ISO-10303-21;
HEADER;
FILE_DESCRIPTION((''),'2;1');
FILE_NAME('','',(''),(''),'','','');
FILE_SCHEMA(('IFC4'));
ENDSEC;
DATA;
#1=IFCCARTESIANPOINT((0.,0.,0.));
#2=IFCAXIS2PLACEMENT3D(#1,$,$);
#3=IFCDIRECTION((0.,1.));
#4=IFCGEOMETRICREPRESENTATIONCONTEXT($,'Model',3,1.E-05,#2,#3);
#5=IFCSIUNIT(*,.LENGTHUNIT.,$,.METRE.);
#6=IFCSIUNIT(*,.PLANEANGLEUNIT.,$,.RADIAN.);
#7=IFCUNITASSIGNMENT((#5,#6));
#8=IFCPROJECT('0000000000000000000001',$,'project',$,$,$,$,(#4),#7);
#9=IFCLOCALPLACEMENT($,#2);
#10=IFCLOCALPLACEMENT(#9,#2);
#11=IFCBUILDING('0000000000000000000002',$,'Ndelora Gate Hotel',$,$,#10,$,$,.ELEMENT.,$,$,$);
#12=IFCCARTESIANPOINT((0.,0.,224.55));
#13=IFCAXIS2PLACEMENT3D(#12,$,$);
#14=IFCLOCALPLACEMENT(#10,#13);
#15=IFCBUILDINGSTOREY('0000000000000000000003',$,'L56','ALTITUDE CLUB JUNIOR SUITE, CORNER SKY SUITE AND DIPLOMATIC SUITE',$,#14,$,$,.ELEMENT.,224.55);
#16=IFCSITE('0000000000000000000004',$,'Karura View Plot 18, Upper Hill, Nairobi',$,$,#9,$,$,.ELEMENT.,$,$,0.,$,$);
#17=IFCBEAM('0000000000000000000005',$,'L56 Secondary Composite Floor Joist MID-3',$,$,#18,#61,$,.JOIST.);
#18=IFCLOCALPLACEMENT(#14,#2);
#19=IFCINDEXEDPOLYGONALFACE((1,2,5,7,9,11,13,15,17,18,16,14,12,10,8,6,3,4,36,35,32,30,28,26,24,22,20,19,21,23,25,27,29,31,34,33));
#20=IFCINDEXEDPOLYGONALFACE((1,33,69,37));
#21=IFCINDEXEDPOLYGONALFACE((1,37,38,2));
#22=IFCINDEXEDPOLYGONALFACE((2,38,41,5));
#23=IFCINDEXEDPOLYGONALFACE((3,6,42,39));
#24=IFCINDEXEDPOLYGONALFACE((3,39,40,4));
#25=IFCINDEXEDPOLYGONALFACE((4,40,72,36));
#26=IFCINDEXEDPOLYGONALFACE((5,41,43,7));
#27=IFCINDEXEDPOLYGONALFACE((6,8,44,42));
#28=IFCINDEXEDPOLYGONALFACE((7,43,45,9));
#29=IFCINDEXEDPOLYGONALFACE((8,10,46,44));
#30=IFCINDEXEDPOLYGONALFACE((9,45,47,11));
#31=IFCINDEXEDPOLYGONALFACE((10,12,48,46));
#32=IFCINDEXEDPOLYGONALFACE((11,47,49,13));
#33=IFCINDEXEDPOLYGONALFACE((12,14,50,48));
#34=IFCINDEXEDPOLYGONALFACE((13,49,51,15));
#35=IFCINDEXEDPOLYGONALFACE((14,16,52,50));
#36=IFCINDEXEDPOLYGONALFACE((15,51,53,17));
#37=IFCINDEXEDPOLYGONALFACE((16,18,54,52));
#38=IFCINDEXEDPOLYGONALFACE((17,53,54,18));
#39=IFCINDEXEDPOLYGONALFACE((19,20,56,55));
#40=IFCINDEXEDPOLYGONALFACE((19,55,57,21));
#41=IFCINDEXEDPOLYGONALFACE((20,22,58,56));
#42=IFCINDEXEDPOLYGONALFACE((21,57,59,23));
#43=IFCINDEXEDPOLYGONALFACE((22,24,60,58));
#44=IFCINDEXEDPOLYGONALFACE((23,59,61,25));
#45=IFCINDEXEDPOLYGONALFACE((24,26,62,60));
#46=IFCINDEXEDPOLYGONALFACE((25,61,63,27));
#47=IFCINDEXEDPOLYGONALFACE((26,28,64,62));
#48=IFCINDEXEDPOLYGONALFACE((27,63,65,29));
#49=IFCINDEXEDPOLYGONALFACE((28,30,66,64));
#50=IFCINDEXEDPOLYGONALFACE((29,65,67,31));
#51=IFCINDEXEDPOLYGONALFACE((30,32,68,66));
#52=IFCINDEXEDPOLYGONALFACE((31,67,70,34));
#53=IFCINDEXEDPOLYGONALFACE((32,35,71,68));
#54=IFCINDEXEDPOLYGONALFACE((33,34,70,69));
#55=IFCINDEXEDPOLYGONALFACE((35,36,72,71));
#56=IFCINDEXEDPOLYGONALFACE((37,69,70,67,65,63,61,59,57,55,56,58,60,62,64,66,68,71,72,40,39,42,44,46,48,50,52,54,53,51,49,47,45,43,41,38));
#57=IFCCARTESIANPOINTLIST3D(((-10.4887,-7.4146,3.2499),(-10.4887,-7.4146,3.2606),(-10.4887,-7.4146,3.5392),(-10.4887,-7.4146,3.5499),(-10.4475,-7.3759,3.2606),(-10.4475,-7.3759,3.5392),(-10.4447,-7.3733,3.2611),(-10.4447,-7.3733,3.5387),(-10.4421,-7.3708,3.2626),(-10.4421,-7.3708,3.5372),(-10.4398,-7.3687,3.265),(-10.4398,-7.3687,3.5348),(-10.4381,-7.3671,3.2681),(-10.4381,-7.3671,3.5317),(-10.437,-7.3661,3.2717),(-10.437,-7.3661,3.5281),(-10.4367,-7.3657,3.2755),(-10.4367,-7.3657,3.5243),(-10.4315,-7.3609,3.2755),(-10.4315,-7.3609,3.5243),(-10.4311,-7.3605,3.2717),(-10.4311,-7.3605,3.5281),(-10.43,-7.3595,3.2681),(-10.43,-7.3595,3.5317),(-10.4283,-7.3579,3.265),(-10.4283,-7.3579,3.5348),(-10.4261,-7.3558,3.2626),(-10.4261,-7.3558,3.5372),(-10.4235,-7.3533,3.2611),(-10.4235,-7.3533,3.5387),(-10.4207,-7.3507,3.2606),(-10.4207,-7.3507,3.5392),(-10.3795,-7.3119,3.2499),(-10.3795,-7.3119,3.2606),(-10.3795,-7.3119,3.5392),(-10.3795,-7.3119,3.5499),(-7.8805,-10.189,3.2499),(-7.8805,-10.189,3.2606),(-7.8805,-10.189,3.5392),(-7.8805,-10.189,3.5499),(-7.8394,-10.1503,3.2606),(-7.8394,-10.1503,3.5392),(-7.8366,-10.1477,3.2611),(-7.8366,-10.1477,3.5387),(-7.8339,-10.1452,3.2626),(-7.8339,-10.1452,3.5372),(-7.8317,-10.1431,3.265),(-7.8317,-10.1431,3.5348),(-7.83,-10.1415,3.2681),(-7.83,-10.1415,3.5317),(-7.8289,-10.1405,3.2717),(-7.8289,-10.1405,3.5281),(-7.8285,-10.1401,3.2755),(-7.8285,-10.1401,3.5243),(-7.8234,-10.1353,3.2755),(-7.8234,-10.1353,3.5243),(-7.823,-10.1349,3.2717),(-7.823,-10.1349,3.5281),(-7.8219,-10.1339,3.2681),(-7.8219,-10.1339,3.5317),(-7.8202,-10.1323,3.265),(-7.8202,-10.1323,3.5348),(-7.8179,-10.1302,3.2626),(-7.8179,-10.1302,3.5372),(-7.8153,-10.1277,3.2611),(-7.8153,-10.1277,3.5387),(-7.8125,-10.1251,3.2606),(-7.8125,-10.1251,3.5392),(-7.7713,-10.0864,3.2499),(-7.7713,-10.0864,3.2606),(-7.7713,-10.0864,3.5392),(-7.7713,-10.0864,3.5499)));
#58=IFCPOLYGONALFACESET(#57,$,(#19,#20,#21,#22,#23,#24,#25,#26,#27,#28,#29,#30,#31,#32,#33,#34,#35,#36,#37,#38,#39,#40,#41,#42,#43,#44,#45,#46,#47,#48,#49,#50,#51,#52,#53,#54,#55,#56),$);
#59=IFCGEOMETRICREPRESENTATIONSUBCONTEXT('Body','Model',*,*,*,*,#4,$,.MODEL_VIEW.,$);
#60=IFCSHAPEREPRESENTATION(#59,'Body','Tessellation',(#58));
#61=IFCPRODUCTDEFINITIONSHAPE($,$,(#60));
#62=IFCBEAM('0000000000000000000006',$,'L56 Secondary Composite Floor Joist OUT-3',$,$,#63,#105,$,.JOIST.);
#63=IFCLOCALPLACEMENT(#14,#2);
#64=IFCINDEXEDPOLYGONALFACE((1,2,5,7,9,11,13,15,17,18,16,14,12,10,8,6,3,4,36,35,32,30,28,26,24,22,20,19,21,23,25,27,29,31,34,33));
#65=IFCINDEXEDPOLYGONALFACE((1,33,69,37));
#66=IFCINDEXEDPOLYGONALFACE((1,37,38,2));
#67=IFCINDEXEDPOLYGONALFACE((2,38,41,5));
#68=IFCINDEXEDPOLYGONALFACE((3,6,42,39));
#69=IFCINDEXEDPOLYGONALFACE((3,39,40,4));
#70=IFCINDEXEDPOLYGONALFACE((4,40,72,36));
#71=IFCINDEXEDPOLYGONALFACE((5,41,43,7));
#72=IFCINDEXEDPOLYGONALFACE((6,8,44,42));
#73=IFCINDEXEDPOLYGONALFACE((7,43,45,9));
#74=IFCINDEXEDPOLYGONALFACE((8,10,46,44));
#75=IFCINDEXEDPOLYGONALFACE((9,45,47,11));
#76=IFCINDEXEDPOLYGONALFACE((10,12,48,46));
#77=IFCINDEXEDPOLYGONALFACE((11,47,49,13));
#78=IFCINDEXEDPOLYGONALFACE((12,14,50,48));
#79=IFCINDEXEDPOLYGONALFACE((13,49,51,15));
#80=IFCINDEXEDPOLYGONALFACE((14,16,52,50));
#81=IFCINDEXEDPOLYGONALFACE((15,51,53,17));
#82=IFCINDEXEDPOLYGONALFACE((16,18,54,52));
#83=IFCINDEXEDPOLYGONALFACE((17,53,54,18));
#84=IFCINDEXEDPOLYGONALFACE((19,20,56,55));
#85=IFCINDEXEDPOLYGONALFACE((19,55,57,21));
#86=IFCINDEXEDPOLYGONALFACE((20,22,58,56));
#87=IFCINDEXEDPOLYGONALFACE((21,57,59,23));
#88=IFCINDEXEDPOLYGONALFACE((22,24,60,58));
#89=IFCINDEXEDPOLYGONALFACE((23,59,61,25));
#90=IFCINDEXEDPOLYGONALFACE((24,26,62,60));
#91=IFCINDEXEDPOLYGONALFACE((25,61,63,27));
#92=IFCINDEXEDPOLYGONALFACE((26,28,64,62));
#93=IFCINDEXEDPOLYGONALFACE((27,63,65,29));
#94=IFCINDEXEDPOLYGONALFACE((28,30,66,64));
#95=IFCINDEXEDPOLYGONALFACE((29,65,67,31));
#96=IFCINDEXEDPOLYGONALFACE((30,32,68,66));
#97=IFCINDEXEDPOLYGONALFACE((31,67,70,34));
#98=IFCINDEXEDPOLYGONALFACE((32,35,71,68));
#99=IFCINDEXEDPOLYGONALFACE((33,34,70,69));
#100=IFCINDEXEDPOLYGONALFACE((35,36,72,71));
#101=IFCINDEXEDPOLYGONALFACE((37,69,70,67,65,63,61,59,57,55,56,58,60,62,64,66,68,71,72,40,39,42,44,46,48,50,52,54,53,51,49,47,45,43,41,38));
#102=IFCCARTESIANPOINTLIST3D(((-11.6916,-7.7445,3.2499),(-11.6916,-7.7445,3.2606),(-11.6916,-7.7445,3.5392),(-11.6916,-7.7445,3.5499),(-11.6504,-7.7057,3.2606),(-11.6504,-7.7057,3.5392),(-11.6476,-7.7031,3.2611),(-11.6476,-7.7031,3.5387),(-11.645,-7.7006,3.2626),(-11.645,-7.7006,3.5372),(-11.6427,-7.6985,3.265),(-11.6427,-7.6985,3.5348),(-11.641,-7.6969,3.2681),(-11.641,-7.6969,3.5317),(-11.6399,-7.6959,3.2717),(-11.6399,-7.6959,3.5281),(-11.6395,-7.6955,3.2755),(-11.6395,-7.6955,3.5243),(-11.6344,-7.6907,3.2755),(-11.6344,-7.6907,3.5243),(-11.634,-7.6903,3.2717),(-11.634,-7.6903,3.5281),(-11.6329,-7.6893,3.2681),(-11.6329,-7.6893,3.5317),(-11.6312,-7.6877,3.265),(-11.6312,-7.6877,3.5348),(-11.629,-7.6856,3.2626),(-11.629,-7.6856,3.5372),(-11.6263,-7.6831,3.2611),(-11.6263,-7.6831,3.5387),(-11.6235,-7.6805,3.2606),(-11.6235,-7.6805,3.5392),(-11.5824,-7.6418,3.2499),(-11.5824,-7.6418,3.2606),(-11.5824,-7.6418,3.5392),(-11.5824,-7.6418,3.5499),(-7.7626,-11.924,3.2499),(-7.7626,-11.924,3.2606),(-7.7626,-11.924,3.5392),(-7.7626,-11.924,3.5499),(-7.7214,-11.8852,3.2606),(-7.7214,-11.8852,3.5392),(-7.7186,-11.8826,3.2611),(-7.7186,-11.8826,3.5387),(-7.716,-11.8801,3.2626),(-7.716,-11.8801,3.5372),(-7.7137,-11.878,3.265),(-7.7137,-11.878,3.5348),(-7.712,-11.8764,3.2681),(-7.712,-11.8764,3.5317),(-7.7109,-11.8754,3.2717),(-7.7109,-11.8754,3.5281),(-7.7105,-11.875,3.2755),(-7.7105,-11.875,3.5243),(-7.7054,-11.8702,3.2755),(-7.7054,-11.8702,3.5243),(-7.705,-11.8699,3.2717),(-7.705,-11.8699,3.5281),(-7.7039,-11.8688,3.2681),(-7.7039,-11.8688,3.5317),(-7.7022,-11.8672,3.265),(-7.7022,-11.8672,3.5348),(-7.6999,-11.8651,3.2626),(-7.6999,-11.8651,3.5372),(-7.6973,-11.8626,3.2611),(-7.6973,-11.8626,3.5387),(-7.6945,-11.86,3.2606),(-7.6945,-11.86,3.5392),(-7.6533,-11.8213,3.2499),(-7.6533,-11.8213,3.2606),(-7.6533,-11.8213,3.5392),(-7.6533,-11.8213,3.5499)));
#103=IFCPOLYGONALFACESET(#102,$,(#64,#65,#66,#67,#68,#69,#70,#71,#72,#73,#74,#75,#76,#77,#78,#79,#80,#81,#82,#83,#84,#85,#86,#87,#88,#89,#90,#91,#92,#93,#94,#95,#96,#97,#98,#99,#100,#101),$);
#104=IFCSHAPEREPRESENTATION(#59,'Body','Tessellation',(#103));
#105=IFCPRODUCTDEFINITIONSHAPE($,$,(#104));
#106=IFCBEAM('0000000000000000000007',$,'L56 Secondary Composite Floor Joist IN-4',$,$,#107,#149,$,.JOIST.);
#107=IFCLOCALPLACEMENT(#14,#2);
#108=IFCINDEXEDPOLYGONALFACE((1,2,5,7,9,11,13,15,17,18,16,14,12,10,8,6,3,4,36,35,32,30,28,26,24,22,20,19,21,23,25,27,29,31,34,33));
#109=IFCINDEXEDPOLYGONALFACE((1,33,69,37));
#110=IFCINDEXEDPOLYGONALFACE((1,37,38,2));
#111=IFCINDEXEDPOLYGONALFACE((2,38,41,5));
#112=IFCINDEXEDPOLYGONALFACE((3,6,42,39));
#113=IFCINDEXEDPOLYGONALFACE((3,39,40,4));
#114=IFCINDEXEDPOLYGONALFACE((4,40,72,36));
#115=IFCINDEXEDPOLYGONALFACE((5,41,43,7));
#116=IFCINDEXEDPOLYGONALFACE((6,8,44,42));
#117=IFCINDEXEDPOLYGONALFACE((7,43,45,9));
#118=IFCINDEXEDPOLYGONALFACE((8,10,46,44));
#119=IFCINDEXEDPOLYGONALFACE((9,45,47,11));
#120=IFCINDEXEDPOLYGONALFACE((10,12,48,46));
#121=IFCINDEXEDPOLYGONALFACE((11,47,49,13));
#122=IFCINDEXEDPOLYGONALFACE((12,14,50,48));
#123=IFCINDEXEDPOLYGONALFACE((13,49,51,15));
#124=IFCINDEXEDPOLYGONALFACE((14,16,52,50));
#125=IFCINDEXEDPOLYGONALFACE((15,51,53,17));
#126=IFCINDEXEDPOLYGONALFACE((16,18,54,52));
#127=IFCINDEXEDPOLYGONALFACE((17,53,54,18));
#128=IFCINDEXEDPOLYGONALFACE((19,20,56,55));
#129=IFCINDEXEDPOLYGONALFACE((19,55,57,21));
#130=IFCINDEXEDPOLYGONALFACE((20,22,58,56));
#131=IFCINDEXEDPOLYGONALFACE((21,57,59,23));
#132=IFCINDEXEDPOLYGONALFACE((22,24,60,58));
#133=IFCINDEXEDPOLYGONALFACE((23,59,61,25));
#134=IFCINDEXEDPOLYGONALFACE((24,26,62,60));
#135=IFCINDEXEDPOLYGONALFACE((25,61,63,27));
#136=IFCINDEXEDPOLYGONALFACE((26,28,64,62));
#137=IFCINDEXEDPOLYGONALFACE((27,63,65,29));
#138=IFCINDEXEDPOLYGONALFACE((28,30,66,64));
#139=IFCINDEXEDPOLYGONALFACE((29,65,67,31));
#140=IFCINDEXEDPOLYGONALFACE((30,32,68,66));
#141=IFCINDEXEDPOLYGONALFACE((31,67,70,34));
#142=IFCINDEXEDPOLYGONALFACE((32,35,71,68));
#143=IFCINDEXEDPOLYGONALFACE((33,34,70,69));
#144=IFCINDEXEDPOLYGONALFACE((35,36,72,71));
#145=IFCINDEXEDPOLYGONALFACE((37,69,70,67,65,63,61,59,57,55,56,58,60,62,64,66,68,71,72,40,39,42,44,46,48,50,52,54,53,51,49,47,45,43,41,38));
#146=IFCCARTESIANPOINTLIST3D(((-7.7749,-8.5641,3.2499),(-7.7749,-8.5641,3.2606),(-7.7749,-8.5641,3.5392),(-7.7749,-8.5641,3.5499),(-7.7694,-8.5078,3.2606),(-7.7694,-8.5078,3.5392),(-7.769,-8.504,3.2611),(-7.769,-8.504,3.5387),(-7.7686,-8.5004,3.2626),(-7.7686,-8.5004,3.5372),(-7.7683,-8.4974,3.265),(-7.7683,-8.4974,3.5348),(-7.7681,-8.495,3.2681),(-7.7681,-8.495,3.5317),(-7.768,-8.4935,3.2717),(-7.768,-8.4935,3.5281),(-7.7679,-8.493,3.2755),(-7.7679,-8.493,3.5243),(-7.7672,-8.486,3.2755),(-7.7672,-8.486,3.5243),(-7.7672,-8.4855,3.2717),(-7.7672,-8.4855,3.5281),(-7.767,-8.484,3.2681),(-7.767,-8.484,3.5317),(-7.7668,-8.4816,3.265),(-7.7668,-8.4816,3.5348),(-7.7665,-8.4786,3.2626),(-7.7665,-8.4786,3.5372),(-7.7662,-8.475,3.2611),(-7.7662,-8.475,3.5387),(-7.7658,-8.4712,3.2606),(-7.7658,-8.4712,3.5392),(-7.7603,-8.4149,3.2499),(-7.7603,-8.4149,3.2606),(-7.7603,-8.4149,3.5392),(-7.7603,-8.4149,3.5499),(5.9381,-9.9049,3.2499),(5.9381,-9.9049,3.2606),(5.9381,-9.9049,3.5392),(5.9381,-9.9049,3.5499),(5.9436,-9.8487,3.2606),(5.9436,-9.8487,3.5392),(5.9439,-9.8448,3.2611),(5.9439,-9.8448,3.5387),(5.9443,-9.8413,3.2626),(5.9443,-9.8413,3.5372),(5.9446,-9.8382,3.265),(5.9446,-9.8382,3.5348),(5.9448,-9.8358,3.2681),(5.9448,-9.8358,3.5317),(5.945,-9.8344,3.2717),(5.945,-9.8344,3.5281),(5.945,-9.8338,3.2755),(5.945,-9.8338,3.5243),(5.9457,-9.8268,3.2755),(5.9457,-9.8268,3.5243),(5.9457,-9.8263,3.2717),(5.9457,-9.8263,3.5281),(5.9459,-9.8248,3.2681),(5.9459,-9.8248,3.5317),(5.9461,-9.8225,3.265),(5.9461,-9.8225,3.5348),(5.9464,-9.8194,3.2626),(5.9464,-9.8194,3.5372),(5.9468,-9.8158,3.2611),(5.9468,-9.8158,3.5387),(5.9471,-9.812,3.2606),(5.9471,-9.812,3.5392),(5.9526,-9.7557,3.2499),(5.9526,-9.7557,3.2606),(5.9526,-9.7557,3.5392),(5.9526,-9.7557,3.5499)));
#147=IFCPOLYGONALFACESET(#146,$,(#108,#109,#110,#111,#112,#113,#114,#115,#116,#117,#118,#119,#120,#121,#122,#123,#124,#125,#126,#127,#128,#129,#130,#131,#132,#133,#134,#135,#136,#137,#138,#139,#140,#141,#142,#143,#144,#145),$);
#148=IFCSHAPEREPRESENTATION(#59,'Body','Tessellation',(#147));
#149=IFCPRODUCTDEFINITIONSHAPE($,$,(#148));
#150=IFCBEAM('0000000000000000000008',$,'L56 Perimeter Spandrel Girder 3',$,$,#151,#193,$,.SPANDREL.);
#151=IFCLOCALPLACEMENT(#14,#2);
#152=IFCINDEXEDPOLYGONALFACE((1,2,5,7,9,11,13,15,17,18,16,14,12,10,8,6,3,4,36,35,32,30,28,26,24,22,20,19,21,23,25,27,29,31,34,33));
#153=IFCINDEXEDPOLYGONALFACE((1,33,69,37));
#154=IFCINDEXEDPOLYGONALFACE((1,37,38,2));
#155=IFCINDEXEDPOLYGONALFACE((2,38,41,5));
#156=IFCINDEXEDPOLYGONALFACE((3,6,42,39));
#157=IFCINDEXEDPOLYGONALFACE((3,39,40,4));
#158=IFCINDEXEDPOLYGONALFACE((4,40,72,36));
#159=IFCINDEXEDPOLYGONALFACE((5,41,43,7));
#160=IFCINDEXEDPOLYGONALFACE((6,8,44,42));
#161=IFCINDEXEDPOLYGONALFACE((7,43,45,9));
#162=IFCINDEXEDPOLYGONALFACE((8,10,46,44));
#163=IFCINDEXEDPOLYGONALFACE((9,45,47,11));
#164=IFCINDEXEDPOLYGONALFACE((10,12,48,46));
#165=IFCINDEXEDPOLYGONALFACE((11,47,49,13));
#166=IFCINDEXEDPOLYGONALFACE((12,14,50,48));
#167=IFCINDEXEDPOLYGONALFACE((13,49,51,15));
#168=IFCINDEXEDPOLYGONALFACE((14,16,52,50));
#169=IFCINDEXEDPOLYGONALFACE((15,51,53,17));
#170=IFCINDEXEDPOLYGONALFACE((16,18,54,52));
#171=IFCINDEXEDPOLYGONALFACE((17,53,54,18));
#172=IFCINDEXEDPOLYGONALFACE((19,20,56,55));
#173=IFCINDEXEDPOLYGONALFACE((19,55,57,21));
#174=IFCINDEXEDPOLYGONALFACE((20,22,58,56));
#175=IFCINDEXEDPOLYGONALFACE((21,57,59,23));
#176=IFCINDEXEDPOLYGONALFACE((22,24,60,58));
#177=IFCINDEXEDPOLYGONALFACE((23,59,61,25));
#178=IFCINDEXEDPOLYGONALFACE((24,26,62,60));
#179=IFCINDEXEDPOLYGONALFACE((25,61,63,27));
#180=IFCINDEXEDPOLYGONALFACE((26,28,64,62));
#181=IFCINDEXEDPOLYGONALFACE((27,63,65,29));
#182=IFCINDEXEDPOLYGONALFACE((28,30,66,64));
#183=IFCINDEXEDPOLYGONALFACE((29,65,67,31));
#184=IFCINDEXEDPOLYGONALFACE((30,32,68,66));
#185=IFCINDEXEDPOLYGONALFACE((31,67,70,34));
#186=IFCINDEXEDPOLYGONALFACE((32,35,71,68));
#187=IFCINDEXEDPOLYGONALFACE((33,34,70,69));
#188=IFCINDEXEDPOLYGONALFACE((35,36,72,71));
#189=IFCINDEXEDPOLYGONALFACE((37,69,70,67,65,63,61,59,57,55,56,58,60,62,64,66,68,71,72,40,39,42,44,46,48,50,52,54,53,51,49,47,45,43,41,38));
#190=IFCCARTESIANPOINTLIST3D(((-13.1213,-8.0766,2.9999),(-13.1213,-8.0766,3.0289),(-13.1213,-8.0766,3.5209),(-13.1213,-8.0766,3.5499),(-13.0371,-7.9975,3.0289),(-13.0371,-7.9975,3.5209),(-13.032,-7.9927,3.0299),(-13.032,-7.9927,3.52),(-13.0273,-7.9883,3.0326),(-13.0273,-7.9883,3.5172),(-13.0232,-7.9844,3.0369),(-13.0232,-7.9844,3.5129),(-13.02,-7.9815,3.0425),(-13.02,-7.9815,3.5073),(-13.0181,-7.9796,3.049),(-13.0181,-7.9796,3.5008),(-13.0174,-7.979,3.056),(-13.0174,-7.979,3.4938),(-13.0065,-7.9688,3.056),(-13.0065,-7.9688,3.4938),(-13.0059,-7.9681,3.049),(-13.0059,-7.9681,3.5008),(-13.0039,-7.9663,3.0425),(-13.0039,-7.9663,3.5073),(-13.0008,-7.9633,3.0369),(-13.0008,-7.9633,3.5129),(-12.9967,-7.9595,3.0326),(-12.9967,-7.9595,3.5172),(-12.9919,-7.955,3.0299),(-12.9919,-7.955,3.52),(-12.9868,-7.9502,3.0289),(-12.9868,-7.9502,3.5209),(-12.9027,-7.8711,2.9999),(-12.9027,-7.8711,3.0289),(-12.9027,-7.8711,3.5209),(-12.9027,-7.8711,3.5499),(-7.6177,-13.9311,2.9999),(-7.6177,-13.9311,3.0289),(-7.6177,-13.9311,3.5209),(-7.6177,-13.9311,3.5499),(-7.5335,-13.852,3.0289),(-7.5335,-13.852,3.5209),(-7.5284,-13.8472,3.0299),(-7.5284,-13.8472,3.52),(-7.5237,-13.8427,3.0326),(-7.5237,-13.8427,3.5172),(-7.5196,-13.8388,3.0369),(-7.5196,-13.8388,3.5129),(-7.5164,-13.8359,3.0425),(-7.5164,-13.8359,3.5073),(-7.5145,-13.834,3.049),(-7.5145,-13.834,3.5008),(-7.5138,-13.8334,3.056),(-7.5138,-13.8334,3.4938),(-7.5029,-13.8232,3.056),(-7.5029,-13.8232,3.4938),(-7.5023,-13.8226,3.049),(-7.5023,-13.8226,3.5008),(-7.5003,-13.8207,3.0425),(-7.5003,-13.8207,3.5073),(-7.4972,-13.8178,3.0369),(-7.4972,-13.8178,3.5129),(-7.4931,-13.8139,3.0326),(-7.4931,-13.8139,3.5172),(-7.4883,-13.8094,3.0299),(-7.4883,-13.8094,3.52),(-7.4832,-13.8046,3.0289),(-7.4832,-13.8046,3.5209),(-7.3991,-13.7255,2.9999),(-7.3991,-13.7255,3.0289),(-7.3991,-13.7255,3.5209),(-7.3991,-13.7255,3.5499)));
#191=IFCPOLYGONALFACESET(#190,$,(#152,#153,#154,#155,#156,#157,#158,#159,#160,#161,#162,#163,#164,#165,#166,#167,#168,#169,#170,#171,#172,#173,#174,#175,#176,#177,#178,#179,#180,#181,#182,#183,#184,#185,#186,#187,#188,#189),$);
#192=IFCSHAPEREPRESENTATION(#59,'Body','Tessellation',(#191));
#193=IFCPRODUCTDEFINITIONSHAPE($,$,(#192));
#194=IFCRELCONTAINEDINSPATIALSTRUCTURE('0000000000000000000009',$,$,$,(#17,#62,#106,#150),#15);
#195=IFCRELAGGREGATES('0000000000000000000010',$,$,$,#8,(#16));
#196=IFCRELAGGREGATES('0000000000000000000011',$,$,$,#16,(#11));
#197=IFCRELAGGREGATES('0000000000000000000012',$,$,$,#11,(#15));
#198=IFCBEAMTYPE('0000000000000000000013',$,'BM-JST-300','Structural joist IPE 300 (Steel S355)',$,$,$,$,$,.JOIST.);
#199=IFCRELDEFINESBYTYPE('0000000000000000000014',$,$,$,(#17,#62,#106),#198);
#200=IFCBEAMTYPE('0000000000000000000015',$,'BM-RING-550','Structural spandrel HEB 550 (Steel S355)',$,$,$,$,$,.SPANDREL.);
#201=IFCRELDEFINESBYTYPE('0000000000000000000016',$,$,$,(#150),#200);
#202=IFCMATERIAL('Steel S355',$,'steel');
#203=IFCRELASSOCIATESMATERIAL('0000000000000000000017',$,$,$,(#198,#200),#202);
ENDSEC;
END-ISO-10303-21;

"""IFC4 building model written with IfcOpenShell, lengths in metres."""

from ifc_helpers import new_model, si_unit, direction, frame, origin, origin_2d, place, context, subcontext, project, spatial, i_section, extrude, material, material_profile, profile_set, type_object, element, save


model = new_model("IFC4")

# Units and contexts
model_context = context("Model", 3, precision=1e-05, world=origin(), true_north=direction((0.0, 1.0)))
body_context = subcontext(model_context, "Body", "Model", "MODEL_VIEW")
ifc_project = project(units=[si_unit("LENGTHUNIT", "METRE"), si_unit("PLANEANGLEUNIT", "RADIAN")], contexts=[model_context])

# Site, building, storey
site_placement = place(None, origin())
site = spatial("IfcSite", under=ifc_project, at=site_placement, Name="Karura View Plot 18, Upper Hill, Nairobi", CompositionType="ELEMENT", RefElevation=0.0)
building_placement = place(site_placement, origin())
building = spatial("IfcBuilding", under=site, at=building_placement, Name="Ndelora Gate Hotel", CompositionType="ELEMENT")
storey_placement = place(building_placement, frame((0.0, 0.0, 224.55)))
storey = spatial("IfcBuildingStorey", under=building, at=storey_placement, Name="L56", Description="ALTITUDE CLUB JUNIOR SUITE, CORNER SKY SUITE AND DIPLOMATIC SUITE", CompositionType="ELEMENT", Elevation=224.55)

# Beams
ifc_material_1 = material(Name="Steel S355", Category="steel")
ifc_material_profile_1 = material_profile(ifc_material_1, i_section(OverallWidth=0.1499, OverallDepth=0.3, WebThickness=0.0071, FlangeThickness=0.0107, FilletRadius=0.0149, at=origin_2d()), Name="IPE 300")
ifc_profile_set_1 = profile_set([ifc_material_profile_1], Name="Steel S355")
beam_type_1 = type_object("IfcBeamType", Name="BM-JST-300", Description="Structural joist IPE 300 (Steel S355)", PredefinedType="JOIST", material=ifc_profile_set_1)
beam_1_placement = place(storey_placement, frame((-10.4341, -7.3633, 3.3999), z_axis=(0.684939, -0.728601, 0.0), x_axis=(0.728601, 0.684939, 0.0)))
element("IfcBeam", 1, at=beam_1_placement, inside=storey, type_object=beam_type_1, Name="L56 Secondary Composite Floor Joist MID-3", PredefinedType="JOIST", context=body_context, shape_type="SweptSolid", body=[
    extrude(i_section(OverallWidth=0.1499, OverallDepth=0.3, WebThickness=0.0071, FlangeThickness=0.0107, FilletRadius=0.0149, at=origin_2d()), origin(), (0.0, 0.0, 1.0), 3.8079),
])
beam_2_placement = place(storey_placement, frame((-11.637, -7.6931, 3.3999), z_axis=(0.684936, -0.728603, 0.0), x_axis=(0.728603, 0.684936, 0.0)))
element("IfcBeam", 2, at=beam_2_placement, inside=storey, type_object=beam_type_1, Name="L56 Secondary Composite Floor Joist OUT-3", PredefinedType="JOIST", context=body_context, shape_type="SweptSolid", body=[
    extrude(i_section(OverallWidth=0.1499, OverallDepth=0.3, WebThickness=0.0071, FlangeThickness=0.0107, FilletRadius=0.0149, at=origin_2d()), origin(), (0.0, 0.0, 1.0), 5.7363),
])
beam_3_placement = place(storey_placement, frame((-7.7676, -8.4895, 3.3999), z_axis=(0.995254, -0.097314, 0.0), x_axis=(0.097314, 0.995254, 0.0)))
element("IfcBeam", 3, at=beam_3_placement, inside=storey, type_object=beam_type_1, Name="L56 Secondary Composite Floor Joist IN-4", PredefinedType="JOIST", context=body_context, shape_type="SweptSolid", body=[
    extrude(i_section(OverallWidth=0.1499, OverallDepth=0.3, WebThickness=0.0071, FlangeThickness=0.0107, FilletRadius=0.0149, at=origin_2d()), origin(), (0.0, 0.0, 1.0), 13.7783),
])
ifc_material_profile_2 = material_profile(ifc_material_1, i_section(OverallWidth=0.3, OverallDepth=0.55, WebThickness=0.0149, FlangeThickness=0.0291, FilletRadius=0.0271, at=origin_2d()), Name="HEB 550")
ifc_profile_set_2 = profile_set([ifc_material_profile_2], Name="Steel S355")
beam_type_2 = type_object("IfcBeamType", Name="BM-RING-550", Description="Structural spandrel HEB 550 (Steel S355)", PredefinedType="SPANDREL", material=ifc_profile_set_2)
beam_4_placement = place(storey_placement, frame((-13.012, -7.9739, 3.2749), z_axis=(0.684939, -0.7286, 0.0), x_axis=(0.7286, 0.684939, 0.0)))
element("IfcBeam", 4, at=beam_4_placement, inside=storey, type_object=beam_type_2, Name="L56 Perimeter Spandrel Girder 3", PredefinedType="SPANDREL", context=body_context, shape_type="SweptSolid", body=[
    extrude(i_section(OverallWidth=0.3, OverallDepth=0.55, WebThickness=0.0149, FlangeThickness=0.0291, FilletRadius=0.0271, at=origin_2d()), origin(), (0.0, 0.0, 1.0), 8.0352),
])

save(model, "model.ifc")
